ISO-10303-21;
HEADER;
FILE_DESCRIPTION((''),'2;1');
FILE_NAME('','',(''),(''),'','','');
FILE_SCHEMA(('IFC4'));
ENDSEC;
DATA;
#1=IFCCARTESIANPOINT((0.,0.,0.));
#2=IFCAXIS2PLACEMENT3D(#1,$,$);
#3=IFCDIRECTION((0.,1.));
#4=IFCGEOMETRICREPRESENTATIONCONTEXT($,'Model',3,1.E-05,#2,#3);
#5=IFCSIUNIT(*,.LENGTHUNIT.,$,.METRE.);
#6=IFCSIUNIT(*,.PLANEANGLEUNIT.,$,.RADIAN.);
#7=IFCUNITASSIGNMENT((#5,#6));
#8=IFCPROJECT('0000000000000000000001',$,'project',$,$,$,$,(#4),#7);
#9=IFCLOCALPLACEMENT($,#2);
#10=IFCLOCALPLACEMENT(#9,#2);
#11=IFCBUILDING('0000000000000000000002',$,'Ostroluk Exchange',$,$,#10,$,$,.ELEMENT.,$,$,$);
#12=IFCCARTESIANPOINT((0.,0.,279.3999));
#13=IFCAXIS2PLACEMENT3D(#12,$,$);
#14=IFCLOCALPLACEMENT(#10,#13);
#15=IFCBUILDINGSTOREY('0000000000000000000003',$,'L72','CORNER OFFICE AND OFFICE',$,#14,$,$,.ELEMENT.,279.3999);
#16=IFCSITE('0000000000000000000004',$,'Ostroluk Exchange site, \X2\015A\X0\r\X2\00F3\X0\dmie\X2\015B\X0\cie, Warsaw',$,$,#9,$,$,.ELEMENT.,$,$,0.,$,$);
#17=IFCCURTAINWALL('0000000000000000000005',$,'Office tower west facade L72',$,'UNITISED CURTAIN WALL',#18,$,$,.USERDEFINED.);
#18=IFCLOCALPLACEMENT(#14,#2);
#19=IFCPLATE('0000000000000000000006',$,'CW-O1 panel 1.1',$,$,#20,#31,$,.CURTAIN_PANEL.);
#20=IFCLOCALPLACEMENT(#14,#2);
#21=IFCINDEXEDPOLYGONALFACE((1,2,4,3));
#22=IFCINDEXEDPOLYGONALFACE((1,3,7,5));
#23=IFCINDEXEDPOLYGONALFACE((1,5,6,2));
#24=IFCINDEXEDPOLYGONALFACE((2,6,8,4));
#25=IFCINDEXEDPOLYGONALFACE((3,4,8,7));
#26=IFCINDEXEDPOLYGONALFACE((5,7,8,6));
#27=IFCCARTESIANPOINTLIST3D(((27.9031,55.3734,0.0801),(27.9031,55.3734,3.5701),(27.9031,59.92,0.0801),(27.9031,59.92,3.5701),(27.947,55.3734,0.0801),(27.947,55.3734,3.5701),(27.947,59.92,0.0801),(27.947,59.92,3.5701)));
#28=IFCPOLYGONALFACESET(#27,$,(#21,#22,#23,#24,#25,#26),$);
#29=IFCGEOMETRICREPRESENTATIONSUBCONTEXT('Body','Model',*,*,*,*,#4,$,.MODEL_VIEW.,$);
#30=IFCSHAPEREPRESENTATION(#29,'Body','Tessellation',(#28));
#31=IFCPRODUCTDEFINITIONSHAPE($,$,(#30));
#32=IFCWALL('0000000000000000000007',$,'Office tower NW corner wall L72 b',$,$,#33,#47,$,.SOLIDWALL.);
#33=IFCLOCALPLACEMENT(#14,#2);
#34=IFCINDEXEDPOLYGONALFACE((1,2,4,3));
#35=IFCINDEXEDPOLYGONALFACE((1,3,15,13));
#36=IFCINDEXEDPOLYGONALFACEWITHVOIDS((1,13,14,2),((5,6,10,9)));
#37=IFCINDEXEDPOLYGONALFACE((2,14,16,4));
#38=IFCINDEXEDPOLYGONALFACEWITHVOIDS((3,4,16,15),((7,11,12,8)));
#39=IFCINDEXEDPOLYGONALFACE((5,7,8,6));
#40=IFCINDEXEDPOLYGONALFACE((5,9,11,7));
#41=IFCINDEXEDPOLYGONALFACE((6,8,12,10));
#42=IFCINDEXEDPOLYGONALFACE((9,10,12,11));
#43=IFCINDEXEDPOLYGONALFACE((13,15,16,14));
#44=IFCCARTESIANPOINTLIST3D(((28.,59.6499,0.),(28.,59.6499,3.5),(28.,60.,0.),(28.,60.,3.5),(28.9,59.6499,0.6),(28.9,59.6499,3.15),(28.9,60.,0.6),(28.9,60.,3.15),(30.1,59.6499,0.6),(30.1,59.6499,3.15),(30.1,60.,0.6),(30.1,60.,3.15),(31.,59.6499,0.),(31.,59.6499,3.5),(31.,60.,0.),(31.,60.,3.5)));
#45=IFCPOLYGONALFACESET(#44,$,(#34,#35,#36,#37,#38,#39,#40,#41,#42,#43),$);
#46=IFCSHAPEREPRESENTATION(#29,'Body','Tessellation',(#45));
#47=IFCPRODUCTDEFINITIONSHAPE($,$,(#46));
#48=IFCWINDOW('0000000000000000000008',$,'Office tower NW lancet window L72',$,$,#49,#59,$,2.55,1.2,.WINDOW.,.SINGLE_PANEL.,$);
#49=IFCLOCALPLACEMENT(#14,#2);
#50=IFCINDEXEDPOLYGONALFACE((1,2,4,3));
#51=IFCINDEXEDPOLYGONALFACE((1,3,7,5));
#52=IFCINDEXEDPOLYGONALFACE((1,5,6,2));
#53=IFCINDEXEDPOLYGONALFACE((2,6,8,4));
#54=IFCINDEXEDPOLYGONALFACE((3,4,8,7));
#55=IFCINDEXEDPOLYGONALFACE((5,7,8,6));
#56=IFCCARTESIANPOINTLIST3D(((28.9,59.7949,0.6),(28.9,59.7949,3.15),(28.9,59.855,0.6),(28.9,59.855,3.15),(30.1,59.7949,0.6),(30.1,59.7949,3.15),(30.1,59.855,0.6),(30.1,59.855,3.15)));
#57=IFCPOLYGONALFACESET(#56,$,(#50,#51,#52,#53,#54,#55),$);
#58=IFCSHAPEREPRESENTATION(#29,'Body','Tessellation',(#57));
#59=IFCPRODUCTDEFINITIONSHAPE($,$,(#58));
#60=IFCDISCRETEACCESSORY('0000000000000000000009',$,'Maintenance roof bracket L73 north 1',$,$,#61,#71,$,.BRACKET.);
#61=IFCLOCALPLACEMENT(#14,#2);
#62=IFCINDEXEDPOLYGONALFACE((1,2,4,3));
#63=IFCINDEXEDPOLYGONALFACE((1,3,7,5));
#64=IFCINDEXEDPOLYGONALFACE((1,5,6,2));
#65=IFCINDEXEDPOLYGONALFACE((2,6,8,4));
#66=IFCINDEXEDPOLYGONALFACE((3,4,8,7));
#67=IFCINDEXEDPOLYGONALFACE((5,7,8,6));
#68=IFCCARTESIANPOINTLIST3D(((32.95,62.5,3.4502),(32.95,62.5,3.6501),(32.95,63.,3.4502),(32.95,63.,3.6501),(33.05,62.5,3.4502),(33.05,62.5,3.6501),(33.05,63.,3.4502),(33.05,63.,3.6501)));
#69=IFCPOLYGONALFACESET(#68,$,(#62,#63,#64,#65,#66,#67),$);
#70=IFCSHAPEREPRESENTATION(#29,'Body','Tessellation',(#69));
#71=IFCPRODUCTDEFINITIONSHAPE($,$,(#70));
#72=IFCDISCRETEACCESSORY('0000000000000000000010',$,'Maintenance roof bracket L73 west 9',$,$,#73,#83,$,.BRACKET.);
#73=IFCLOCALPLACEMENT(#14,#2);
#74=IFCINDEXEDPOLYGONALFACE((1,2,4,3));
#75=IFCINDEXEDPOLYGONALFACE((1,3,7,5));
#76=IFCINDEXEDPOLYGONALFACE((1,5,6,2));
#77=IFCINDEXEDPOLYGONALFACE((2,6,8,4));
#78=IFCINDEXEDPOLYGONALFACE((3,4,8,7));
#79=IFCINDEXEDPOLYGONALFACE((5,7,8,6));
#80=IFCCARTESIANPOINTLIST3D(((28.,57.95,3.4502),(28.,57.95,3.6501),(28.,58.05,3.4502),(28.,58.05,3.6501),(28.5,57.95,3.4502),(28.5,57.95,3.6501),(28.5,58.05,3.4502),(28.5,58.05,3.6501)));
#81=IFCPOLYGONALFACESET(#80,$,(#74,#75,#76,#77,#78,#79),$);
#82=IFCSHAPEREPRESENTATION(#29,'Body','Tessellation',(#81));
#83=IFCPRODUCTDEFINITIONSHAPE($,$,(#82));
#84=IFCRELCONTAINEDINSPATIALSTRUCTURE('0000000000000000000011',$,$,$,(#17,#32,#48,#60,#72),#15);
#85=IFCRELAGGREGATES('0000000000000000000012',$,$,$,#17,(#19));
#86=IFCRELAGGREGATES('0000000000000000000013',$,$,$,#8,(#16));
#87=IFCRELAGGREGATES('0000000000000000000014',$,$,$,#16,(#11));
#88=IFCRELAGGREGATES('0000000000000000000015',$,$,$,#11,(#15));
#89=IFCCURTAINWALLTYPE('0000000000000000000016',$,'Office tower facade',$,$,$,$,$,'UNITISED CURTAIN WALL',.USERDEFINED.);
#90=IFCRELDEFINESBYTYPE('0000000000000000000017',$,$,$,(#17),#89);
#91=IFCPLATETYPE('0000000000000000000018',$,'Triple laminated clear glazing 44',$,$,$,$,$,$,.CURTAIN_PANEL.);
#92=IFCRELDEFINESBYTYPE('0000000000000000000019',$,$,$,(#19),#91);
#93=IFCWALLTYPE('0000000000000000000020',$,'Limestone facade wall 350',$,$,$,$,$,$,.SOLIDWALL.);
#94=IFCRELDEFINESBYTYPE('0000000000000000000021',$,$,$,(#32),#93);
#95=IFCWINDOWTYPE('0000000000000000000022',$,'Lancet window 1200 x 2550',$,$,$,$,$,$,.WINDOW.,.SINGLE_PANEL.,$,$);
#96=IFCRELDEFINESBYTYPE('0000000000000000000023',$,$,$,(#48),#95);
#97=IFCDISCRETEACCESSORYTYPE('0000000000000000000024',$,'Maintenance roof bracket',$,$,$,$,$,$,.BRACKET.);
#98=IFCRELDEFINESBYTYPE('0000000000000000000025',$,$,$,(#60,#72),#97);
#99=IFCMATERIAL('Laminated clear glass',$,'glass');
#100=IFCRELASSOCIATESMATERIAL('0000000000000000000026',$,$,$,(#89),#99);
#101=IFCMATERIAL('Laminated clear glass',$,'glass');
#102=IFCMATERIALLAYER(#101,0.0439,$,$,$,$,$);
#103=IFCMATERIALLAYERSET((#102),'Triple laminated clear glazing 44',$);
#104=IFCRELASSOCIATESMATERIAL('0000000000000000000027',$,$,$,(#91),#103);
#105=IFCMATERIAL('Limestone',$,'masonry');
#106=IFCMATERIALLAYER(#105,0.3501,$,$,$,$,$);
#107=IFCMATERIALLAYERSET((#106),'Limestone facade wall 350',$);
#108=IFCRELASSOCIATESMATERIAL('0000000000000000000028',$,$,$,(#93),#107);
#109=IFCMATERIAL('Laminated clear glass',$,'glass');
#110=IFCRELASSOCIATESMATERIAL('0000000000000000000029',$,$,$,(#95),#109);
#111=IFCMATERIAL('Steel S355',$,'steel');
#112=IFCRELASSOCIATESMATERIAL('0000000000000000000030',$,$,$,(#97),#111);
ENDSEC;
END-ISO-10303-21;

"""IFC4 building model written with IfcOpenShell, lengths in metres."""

from ifc_helpers import new_model, si_unit, direction, frame, frame_2d, origin, origin_2d, place, context, subcontext, project, spatial, rectangle, extrude, material, layer, layer_set, type_object, element, fill, aggregate, save


model = new_model("IFC4")

# Units and contexts
model_context = context("Model", 3, precision=1e-05, world=origin(), true_north=direction((0.0, 1.0)))
body_context = subcontext(model_context, "Body", "Model", "MODEL_VIEW")
ifc_project = project(units=[si_unit("LENGTHUNIT", "METRE"), si_unit("PLANEANGLEUNIT", "RADIAN")], contexts=[model_context])

# Site, building, storey
site_placement = place(None, origin())
site = spatial("IfcSite", under=ifc_project, at=site_placement, Name="Ostroluk Exchange site, Śródmieście, Warsaw", CompositionType="ELEMENT", RefElevation=0.0)
building_placement = place(site_placement, origin())
building = spatial("IfcBuilding", under=site, at=building_placement, Name="Ostroluk Exchange", CompositionType="ELEMENT")
storey_placement = place(building_placement, frame((0.0, 0.0, 279.3999)))
storey = spatial("IfcBuildingStorey", under=building, at=storey_placement, Name="L72", Description="CORNER OFFICE AND OFFICE", CompositionType="ELEMENT", Elevation=279.3999)

# Curtain wall
ifc_material_1 = material(Name="Laminated clear glass", Category="glass")
curtain_wall_type = type_object("IfcCurtainWallType", Name="Office tower facade", ElementType="UNITISED CURTAIN WALL", PredefinedType="USERDEFINED", material=ifc_material_1)
curtain_wall_1_placement = place(storey_placement, origin())
curtain_wall_1 = element("IfcCurtainWall", 1, at=curtain_wall_1_placement, inside=storey, type_object=curtain_wall_type, Name="Office tower west facade L72", ObjectType="UNITISED CURTAIN WALL", PredefinedType="USERDEFINED")

# Plate
ifc_material_2 = material(Name="Laminated clear glass", Category="glass")
ifc_layer_1 = layer(ifc_material_2, 0.0439)
ifc_layer_set_1 = layer_set([ifc_layer_1], Name="Triple laminated clear glazing 44")
plate_type_1 = type_object("IfcPlateType", Name="Triple laminated clear glazing 44", PredefinedType="CURTAIN_PANEL", material=ifc_layer_set_1)
plate_1_placement = place(storey_placement, frame((27.925, 57.6467, 0.0801), z_axis=(0.0, 0.0, 1.0), x_axis=(0.0, -1.0, 0.0)))
plate_1 = element("IfcPlate", 2, at=plate_1_placement, type_object=plate_type_1, Name="CW-O1 panel 1.1", PredefinedType="CURTAIN_PANEL", context=body_context, shape_type="SweptSolid", body=[
    extrude(rectangle(XDim=4.5466, YDim=0.0439, at=origin_2d()), origin(), (0.0, 0.0, 1.0), 3.49),
])
aggregate(curtain_wall_1, [plate_1])

# Shared definitions
ifc_material_3 = material(Name="Limestone", Category="masonry")
ifc_layer_2 = layer(ifc_material_3, 0.3501)
ifc_layer_set_2 = layer_set([ifc_layer_2], Name="Limestone facade wall 350")
wall_type = type_object("IfcWallType", Name="Limestone facade wall 350", PredefinedType="SOLIDWALL", material=ifc_layer_set_2)

# Wall, opening, window
wall_1_placement = place(storey_placement, frame((31.0, 59.825, 0.0), z_axis=(0.0, 0.0, 1.0), x_axis=(-1.0, 0.0, 0.0)))
wall_1 = element("IfcWall", 3, at=wall_1_placement, inside=storey, type_object=wall_type, Name="Office tower NW corner wall L72 b", PredefinedType="SOLIDWALL", context=body_context, shape_type="SweptSolid", body=[
    extrude(rectangle(XDim=3.0, YDim=0.3501, at=frame_2d((1.5, 0.0))), origin(), (0.0, 0.0, 1.0), 3.5),
])
opening_1_placement = place(wall_1_placement, frame((0.8999, 0.0, 0.6001)))
opening_1 = element("IfcOpeningElement", 4, at=opening_1_placement, cuts=wall_1, PredefinedType="OPENING", context=body_context, shape_type="SweptSolid", body=[
    extrude(rectangle(XDim=1.2, YDim=2.55, at=frame_2d((0.6001, 1.2749))), frame((0.0, 0.1851, 0.0), z_axis=(0.0, -1.0, 0.0), x_axis=(1.0, 0.0, 0.0)), (0.0, 0.0, 1.0), 0.3701),
])
ifc_material_4 = material(Name="Laminated clear glass", Category="glass")
window_type = type_object("IfcWindowType", Name="Lancet window 1200 x 2550", PartitioningType="SINGLE_PANEL", PredefinedType="WINDOW", material=ifc_material_4)
window_placement = place(opening_1_placement, origin())
window = element("IfcWindow", 5, at=window_placement, inside=storey, type_object=window_type, Name="Office tower NW lancet window L72", OverallHeight=2.55, OverallWidth=1.2, PartitioningType="SINGLE_PANEL", PredefinedType="WINDOW", context=body_context, shape_type="SweptSolid", body=[
    extrude(rectangle(XDim=1.2, YDim=2.55, at=frame_2d((0.6001, 1.2749))), frame((0.0, 0.03, 0.0), z_axis=(0.0, -1.0, 0.0), x_axis=(1.0, 0.0, 0.0)), (0.0, 0.0, 1.0), 0.0601),
])
fill(opening_1, window)

# Discrete accessories
ifc_material_5 = material(Name="Steel S355", Category="steel")
discrete_accessory_type = type_object("IfcDiscreteAccessoryType", Name="Maintenance roof bracket", PredefinedType="BRACKET", material=ifc_material_5)
discrete_accessory_1_placement = place(storey_placement, frame((33.0, 62.75, 3.4502), z_axis=(0.0, 0.0, 1.0), x_axis=(1.0, 0.0, 0.0)))
element("IfcDiscreteAccessory", 6, at=discrete_accessory_1_placement, inside=storey, type_object=discrete_accessory_type, Name="Maintenance roof bracket L73 north 1", PredefinedType="BRACKET", context=body_context, shape_type="SweptSolid", body=[
    extrude(rectangle(XDim=0.1001, YDim=0.5, at=origin_2d()), origin(), (0.0, 0.0, 1.0), 0.2),
])
discrete_accessory_2_placement = place(storey_placement, frame((28.25, 58.0, 3.4502), z_axis=(0.0, 0.0, 1.0), x_axis=(1.0, 0.0, 0.0)))
element("IfcDiscreteAccessory", 7, at=discrete_accessory_2_placement, inside=storey, type_object=discrete_accessory_type, Name="Maintenance roof bracket L73 west 9", PredefinedType="BRACKET", context=body_context, shape_type="SweptSolid", body=[
    extrude(rectangle(XDim=0.5, YDim=0.1001, at=origin_2d()), origin(), (0.0, 0.0, 1.0), 0.2),
])

save(model, "model.ifc")
